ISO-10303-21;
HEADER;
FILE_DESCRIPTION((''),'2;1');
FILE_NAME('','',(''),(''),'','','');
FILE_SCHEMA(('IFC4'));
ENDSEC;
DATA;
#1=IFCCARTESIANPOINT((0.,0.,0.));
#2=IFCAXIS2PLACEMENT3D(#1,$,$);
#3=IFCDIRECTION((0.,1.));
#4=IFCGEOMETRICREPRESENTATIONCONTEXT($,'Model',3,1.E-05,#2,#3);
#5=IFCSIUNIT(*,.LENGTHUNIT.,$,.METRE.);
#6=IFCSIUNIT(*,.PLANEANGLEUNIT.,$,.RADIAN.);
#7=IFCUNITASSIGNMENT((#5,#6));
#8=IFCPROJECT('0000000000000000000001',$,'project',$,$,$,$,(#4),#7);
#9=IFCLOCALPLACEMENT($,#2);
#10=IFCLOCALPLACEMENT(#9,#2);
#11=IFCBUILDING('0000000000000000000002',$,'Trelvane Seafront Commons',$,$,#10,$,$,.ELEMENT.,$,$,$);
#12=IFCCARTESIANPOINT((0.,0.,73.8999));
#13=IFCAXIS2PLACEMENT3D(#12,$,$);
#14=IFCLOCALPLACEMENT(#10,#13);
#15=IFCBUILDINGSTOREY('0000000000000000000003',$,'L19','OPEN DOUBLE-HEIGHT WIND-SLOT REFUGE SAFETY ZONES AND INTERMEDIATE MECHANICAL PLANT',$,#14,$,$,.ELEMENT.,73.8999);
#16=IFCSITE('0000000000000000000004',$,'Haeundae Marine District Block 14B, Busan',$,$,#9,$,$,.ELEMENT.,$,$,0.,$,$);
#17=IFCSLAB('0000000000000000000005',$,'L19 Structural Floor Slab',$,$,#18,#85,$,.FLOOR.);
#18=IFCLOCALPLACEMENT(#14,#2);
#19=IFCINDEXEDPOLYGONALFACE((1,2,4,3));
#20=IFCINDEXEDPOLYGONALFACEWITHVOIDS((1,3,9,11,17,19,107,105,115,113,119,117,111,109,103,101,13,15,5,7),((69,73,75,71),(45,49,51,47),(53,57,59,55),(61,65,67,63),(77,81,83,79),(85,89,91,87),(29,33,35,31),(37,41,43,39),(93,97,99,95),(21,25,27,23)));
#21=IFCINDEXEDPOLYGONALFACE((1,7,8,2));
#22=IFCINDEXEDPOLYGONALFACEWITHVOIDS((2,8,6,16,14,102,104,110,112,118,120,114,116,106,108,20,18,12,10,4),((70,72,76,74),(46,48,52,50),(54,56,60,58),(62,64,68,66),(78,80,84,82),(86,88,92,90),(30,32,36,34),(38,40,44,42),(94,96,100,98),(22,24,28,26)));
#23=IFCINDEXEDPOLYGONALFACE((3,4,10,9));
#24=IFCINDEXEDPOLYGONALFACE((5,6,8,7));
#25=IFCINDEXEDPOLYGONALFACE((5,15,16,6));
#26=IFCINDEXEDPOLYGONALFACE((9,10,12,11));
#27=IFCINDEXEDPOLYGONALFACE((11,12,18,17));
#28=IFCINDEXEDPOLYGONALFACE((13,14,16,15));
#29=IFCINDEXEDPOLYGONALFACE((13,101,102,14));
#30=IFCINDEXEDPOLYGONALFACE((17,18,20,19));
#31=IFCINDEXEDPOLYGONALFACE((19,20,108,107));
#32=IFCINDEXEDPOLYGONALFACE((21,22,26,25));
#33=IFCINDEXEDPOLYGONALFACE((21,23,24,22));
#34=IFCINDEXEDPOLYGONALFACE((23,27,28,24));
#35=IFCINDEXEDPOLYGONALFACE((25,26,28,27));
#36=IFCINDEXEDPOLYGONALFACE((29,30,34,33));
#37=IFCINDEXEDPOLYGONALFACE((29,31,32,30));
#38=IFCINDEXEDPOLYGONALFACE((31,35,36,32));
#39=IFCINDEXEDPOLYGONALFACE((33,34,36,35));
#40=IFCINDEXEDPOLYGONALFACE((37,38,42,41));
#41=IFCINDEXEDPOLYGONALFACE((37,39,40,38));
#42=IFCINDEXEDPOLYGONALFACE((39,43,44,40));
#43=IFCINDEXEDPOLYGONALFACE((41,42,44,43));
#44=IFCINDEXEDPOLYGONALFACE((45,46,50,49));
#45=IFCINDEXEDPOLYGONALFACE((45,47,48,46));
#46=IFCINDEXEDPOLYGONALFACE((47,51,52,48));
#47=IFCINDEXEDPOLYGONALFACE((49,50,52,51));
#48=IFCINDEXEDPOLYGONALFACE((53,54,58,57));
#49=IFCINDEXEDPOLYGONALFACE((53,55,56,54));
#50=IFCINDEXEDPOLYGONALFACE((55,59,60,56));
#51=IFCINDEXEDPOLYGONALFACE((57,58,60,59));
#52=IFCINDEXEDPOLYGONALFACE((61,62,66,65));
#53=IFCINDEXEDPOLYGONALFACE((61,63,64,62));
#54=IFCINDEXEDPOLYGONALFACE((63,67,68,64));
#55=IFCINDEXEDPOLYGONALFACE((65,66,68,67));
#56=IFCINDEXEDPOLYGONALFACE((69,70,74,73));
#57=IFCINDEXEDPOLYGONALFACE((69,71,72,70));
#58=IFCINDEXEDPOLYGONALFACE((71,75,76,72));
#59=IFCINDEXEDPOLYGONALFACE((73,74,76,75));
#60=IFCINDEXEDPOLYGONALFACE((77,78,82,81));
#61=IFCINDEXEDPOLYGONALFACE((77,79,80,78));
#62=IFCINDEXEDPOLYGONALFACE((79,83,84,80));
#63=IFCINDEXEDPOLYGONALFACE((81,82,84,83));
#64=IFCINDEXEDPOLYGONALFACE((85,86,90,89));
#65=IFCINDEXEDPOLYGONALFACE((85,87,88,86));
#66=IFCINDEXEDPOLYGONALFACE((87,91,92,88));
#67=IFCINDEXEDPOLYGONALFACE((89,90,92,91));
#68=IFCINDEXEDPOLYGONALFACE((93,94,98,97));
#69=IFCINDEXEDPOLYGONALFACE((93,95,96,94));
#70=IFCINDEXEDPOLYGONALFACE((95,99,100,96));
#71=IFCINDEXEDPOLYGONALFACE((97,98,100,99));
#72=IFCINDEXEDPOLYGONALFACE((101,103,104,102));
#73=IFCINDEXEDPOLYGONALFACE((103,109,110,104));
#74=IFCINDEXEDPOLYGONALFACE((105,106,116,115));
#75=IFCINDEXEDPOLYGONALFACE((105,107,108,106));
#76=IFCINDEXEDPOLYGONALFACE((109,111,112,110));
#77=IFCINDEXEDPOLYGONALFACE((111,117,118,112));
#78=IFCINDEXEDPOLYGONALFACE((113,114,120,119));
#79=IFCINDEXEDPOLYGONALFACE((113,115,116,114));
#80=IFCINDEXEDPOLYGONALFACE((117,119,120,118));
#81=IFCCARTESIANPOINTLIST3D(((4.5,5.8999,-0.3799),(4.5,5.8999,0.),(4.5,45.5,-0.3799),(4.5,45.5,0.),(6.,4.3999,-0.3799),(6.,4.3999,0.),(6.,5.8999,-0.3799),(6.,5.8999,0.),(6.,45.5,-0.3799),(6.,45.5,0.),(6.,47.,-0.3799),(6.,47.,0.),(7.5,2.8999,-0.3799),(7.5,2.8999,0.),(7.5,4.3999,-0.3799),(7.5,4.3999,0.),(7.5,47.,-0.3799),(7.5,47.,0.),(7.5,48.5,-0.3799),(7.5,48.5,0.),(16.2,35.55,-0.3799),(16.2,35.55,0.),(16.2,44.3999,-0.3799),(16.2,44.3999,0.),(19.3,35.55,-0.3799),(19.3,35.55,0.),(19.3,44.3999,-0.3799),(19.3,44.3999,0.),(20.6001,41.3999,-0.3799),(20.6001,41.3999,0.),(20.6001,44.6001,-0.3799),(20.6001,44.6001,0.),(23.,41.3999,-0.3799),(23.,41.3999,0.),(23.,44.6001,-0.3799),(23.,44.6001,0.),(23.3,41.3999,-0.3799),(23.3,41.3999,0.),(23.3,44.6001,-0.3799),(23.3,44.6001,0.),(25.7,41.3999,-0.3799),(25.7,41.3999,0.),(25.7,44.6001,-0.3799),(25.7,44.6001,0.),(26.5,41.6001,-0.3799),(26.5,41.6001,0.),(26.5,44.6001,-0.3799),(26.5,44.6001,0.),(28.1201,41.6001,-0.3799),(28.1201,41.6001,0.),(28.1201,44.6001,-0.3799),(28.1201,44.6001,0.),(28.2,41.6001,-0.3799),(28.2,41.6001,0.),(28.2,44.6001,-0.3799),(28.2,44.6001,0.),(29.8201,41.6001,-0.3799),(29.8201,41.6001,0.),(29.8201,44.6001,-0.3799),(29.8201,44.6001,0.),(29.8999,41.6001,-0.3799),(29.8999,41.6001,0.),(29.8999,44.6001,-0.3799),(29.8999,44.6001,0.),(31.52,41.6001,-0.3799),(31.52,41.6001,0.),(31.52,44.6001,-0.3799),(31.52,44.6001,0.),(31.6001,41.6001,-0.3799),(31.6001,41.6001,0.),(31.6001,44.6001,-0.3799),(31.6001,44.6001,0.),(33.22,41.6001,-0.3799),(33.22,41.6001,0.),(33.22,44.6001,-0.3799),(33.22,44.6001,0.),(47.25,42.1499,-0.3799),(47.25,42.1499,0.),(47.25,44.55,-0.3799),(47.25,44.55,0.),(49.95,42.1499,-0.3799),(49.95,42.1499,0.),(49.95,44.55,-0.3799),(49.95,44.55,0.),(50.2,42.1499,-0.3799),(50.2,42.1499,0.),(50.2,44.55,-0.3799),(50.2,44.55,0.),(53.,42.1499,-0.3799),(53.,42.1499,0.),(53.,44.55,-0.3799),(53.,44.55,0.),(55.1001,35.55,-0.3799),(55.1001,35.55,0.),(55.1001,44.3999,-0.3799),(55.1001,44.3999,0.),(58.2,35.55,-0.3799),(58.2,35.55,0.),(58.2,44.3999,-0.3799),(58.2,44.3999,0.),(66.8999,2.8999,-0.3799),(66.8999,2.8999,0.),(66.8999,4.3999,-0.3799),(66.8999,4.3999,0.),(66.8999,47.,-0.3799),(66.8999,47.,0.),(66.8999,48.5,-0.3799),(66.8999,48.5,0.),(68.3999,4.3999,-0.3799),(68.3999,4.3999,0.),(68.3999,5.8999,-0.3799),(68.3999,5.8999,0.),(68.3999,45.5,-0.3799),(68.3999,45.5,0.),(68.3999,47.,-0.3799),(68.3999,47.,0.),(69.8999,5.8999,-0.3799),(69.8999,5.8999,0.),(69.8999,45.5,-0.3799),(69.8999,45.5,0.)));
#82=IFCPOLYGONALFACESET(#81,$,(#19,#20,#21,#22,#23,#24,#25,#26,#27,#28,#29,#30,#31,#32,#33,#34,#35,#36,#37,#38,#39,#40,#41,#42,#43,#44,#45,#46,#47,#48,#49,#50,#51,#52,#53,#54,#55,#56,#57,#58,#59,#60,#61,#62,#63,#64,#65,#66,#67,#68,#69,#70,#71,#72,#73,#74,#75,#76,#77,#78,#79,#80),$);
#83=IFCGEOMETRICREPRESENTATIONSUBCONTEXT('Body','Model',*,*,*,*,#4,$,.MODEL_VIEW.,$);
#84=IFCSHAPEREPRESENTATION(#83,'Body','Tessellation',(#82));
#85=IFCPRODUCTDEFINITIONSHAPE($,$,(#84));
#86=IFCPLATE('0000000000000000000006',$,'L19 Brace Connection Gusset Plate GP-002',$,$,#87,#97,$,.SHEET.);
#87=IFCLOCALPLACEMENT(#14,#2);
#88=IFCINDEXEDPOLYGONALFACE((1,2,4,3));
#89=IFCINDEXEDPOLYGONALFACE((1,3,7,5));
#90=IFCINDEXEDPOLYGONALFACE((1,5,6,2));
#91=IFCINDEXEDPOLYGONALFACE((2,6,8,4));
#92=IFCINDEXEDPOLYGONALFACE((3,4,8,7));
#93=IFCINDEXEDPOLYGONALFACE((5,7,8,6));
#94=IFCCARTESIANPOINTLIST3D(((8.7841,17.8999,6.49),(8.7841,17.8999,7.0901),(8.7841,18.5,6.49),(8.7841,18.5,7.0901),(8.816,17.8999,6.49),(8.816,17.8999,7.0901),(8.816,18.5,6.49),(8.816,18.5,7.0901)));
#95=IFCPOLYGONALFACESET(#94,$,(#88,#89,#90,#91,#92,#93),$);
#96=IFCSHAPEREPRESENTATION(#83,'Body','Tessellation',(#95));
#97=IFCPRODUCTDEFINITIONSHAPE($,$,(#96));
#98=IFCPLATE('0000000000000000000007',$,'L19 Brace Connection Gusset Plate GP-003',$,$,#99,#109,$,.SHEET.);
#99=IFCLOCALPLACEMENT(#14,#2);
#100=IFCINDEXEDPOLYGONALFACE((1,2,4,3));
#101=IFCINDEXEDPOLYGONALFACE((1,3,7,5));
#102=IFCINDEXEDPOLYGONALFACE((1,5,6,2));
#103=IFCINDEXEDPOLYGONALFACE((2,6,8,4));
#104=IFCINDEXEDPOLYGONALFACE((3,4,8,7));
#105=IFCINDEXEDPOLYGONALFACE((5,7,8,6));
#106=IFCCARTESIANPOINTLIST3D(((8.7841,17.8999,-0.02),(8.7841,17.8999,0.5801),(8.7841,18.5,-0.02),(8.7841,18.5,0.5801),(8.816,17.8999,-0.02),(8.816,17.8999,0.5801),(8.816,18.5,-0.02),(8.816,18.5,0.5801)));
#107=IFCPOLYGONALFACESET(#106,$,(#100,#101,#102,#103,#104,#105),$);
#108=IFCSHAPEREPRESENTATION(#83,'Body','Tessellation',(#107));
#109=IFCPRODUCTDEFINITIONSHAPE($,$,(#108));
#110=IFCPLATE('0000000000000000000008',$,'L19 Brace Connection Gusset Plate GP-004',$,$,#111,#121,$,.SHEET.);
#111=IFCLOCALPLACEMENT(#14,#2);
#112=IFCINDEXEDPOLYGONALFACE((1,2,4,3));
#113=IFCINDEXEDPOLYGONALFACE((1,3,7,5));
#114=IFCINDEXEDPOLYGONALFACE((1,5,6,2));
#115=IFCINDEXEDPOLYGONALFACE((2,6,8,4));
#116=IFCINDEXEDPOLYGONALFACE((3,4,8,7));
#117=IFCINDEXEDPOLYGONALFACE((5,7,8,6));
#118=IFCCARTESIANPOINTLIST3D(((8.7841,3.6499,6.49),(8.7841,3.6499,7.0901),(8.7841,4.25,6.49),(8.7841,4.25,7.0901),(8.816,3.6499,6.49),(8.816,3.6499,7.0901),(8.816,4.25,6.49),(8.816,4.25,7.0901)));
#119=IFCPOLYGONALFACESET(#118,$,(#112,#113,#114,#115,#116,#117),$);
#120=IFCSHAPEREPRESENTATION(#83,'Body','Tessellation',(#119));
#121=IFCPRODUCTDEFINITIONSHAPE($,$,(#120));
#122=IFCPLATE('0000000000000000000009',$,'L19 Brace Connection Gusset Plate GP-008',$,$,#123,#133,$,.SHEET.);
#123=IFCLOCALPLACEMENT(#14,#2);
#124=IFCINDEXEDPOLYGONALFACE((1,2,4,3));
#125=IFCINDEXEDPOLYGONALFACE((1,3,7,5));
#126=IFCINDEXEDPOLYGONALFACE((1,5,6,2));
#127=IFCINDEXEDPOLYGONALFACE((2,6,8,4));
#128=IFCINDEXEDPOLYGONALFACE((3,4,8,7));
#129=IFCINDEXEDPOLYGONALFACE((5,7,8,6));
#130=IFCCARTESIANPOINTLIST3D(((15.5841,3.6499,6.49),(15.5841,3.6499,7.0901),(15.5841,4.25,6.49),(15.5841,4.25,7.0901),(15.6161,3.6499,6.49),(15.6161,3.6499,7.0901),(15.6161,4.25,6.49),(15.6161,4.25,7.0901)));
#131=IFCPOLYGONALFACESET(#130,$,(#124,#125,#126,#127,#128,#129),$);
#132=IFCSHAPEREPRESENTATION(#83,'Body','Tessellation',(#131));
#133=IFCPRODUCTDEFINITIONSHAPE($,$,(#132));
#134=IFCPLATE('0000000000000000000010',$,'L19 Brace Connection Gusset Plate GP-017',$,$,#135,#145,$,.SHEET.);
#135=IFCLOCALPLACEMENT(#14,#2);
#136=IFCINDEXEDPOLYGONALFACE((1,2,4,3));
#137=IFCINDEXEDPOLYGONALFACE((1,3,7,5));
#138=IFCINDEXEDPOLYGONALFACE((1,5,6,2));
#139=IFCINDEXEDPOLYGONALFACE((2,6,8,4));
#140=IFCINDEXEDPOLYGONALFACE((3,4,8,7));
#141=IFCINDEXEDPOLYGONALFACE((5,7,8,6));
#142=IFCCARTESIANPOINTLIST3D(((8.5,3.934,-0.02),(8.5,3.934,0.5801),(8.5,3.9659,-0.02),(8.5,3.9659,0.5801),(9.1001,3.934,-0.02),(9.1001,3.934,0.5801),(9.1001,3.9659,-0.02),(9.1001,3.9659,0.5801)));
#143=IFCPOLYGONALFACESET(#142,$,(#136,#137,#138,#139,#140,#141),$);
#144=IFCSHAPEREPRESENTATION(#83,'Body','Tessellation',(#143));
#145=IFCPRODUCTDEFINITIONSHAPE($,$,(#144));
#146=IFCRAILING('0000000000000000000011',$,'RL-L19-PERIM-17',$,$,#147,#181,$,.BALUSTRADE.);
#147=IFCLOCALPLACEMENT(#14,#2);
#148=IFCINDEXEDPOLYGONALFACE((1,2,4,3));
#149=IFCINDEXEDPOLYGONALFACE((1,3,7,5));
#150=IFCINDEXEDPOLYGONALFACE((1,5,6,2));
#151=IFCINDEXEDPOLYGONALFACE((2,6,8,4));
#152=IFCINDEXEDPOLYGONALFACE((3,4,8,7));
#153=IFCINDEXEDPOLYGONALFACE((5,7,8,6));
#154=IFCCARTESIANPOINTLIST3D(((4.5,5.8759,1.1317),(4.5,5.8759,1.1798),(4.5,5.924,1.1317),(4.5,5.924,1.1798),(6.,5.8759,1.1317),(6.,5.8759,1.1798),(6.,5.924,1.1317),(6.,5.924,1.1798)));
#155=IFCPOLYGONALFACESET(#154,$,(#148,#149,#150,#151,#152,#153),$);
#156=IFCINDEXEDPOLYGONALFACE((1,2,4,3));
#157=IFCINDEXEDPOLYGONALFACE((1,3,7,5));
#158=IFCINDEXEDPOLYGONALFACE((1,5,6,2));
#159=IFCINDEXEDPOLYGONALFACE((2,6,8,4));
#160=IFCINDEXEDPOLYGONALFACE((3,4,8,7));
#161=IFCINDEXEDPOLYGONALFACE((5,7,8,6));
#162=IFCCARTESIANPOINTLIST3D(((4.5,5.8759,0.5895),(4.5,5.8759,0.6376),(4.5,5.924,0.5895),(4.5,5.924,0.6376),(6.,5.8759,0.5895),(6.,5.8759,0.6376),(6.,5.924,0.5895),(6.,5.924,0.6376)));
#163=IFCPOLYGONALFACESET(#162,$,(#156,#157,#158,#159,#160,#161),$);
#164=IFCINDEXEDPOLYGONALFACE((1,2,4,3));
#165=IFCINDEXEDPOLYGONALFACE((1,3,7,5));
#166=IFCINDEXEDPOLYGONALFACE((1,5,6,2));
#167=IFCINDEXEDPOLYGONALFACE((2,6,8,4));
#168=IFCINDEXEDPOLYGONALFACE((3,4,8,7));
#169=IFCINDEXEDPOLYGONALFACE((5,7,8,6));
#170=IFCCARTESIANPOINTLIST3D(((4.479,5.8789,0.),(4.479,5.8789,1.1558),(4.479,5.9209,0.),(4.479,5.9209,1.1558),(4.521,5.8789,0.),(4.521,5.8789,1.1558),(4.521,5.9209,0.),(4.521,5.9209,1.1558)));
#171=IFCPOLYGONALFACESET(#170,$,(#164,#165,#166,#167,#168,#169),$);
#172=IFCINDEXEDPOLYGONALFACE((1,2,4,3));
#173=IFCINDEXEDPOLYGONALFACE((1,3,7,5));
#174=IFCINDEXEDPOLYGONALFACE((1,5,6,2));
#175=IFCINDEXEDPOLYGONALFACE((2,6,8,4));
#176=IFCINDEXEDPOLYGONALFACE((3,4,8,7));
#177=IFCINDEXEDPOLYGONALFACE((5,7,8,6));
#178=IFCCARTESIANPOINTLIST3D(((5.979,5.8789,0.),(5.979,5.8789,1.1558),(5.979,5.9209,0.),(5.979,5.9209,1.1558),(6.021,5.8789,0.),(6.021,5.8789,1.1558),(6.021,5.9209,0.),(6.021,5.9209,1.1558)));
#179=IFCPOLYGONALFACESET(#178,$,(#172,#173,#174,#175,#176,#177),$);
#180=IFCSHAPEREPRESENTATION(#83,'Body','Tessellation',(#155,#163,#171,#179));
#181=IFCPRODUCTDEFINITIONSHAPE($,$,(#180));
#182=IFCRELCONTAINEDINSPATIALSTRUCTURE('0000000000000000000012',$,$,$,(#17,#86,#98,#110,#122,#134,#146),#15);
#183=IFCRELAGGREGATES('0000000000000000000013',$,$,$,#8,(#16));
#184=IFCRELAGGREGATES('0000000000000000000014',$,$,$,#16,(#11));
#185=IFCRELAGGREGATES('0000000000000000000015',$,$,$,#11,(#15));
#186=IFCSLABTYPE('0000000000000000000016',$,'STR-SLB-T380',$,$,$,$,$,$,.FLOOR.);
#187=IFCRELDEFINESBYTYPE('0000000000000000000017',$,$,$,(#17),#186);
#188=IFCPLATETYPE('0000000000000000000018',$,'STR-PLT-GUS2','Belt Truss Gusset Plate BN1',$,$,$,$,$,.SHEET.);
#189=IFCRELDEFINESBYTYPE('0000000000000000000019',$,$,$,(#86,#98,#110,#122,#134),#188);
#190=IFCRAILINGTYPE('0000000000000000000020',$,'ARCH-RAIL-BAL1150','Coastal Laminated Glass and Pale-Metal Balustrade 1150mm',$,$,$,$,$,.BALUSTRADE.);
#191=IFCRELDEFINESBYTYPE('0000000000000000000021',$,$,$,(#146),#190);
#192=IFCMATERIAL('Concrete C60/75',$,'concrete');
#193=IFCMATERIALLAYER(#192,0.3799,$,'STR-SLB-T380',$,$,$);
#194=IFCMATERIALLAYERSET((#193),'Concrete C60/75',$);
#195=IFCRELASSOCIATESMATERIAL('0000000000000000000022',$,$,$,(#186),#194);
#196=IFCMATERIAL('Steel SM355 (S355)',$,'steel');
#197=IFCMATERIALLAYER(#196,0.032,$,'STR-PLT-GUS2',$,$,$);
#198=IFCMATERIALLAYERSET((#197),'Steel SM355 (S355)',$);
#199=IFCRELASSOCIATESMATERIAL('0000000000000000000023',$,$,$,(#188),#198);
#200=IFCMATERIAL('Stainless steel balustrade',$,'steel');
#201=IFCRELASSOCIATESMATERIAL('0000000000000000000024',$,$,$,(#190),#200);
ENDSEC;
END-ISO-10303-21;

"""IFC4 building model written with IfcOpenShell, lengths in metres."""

from ifc_helpers import new_model, si_unit, direction, frame, origin, origin_2d, place, context, subcontext, project, spatial, polyline, rectangle, outline, extrude, source, transform, mapped, material, layer, layer_set, type_object, element, save


model = new_model("IFC4")

# Units and contexts
model_context = context("Model", 3, precision=1e-05, world=origin(), true_north=direction((0.0, 1.0)))
body_context = subcontext(model_context, "Body", "Model", "MODEL_VIEW")
ifc_project = project(units=[si_unit("LENGTHUNIT", "METRE"), si_unit("PLANEANGLEUNIT", "RADIAN")], contexts=[model_context])

# Site, building, storey
site_placement = place(None, origin())
site = spatial("IfcSite", under=ifc_project, at=site_placement, Name="Haeundae Marine District Block 14B, Busan", CompositionType="ELEMENT", RefElevation=0.0)
building_placement = place(site_placement, origin())
building = spatial("IfcBuilding", under=site, at=building_placement, Name="Trelvane Seafront Commons", CompositionType="ELEMENT")
storey_placement = place(building_placement, frame((0.0, 0.0, 73.8999)))
storey = spatial("IfcBuildingStorey", under=building, at=storey_placement, Name="L19", Description="OPEN DOUBLE-HEIGHT WIND-SLOT REFUGE SAFETY ZONES AND INTERMEDIATE MECHANICAL PLANT", CompositionType="ELEMENT", Elevation=73.8999)

# Shared definitions
ifc_material_1 = material(Name="Steel SM355 (S355)", Category="steel")

# Slab
ifc_material_2 = material(Name="Concrete C60/75", Category="concrete")
ifc_layer_1 = layer(ifc_material_2, 0.3799, Name="STR-SLB-T380")
ifc_layer_set_1 = layer_set([ifc_layer_1], Name="Concrete C60/75")
slab_type_1 = type_object("IfcSlabType", Name="STR-SLB-T380", PredefinedType="FLOOR", material=ifc_layer_set_1)
slab_1_placement = place(storey_placement, frame((0.0, 0.0, -0.3799)))
element("IfcSlab", 1, at=slab_1_placement, inside=storey, type_object=slab_type_1, Name="L19 Structural Floor Slab", PredefinedType="FLOOR", context=body_context, shape_type="SweptSolid", body=[
    extrude(outline(polyline([(7.5, 2.8999), (66.8999, 2.8999), (66.8999, 4.3999), (68.3999, 4.3999), (68.3999, 5.8999), (69.8999, 5.8999), (69.8999, 45.5), (68.3999, 45.5), (68.3999, 47.0), (66.8999, 47.0), (66.8999, 48.5), (7.5, 48.5), (7.5, 47.0), (6.0, 47.0), (6.0, 45.5), (4.5, 45.5), (4.5, 5.8999), (6.0, 5.8999), (6.0, 4.3999), (7.5, 4.3999), (7.5, 2.8999)]), holes=[polyline([(19.3, 35.55), (16.2, 35.55), (16.2, 44.3999), (19.3, 44.3999), (19.3, 35.55)]), polyline([(58.2, 35.55), (55.1001, 35.55), (55.1001, 44.3999), (58.2, 44.3999), (58.2, 35.55)]), polyline([(23.0, 41.3999), (20.6001, 41.3999), (20.6001, 44.6001), (23.0, 44.6001), (23.0, 41.3999)]), polyline([(23.3, 41.3999), (23.3, 44.6001), (25.7, 44.6001), (25.7, 41.3999), (23.3, 41.3999)]), polyline([(26.5, 41.6001), (26.5, 44.6001), (28.1201, 44.6001), (28.1201, 41.6001), (26.5, 41.6001)]), polyline([(29.8201, 41.6001), (28.2, 41.6001), (28.2, 44.6001), (29.8201, 44.6001), (29.8201, 41.6001)]), polyline([(31.52, 41.6001), (29.8999, 41.6001), (29.8999, 44.6001), (31.52, 44.6001), (31.52, 41.6001)]), polyline([(33.22, 41.6001), (31.6001, 41.6001), (31.6001, 44.6001), (33.22, 44.6001), (33.22, 41.6001)]), polyline([(47.25, 42.1499), (47.25, 44.55), (49.95, 44.55), (49.95, 42.1499), (47.25, 42.1499)]), polyline([(50.2, 42.1499), (50.2, 44.55), (53.0, 44.55), (53.0, 42.1499), (50.2, 42.1499)])]), origin(), (0.0, 0.0, 1.0), 0.3799),
])

# Plates
ifc_layer_2 = layer(ifc_material_1, 0.032, Name="STR-PLT-GUS2")
ifc_layer_set_2 = layer_set([ifc_layer_2], Name="Steel SM355 (S355)")
plate_type = type_object("IfcPlateType", Name="STR-PLT-GUS2", Description="Belt Truss Gusset Plate BN1", PredefinedType="SHEET", material=ifc_layer_set_2)
shared_shape_1 = source(origin(), body_context, "Body", "SweptSolid", [
    extrude(rectangle(XDim=0.032, YDim=0.6001, at=origin_2d()), origin(), (0.0, 0.0, 1.0), 0.6001),
])
for number, where, z_axis, x_axis, name in (
    (2, (8.8, 18.2, 6.49), (0.0, 0.0, 1.0), (1.0, 0.0, 0.0), "L19 Brace Connection Gusset Plate GP-002"),
    (3, (8.8, 18.2, -0.02), (0.0, 0.0, 1.0), (1.0, 0.0, 0.0), "L19 Brace Connection Gusset Plate GP-003"),
    (4, (8.8, 3.95, 6.49), (0.0, 0.0, 1.0), (1.0, 0.0, 0.0), "L19 Brace Connection Gusset Plate GP-004"),
    (5, (15.6001, 3.95, 6.49), (0.0, 0.0, 1.0), (1.0, 0.0, 0.0), "L19 Brace Connection Gusset Plate GP-008"),
):
    element("IfcPlate", number, at=place(storey_placement, frame(where, z_axis=z_axis, x_axis=x_axis)), inside=storey, type_object=plate_type, Name=name, PredefinedType="SHEET", context=body_context, shape_type="MappedRepresentation", body=[
        mapped(shared_shape_1, transform((0.0, 0.0, 0.0), x_axis=(1.0, 0.0, 0.0), y_axis=(0.0, 1.0, 0.0), z_axis=(0.0, 0.0, 1.0), scale=1.0)),
    ])
shared_shape_2 = source(origin(), body_context, "Body", "SweptSolid", [
    extrude(rectangle(XDim=0.6001, YDim=0.032, at=origin_2d()), origin(), (0.0, 0.0, 1.0), 0.6001),
])
plate_placement = place(storey_placement, frame((8.8, 3.95, -0.02), z_axis=(0.0, 0.0, 1.0), x_axis=(1.0, 0.0, 0.0)))
element("IfcPlate", 6, at=plate_placement, inside=storey, type_object=plate_type, Name="L19 Brace Connection Gusset Plate GP-017", PredefinedType="SHEET", context=body_context, shape_type="MappedRepresentation", body=[
    mapped(shared_shape_2, transform((0.0, 0.0, 0.0), x_axis=(1.0, 0.0, 0.0), y_axis=(0.0, 1.0, 0.0), z_axis=(0.0, 0.0, 1.0), scale=1.0)),
])

# Railing
ifc_material_3 = material(Name="Stainless steel balustrade", Category="steel")
railing_type = type_object("IfcRailingType", Name="ARCH-RAIL-BAL1150", Description="Coastal Laminated Glass and Pale-Metal Balustrade 1150mm", PredefinedType="BALUSTRADE", material=ifc_material_3)
railing_1_placement = place(storey_placement, frame((4.5, 5.8999, 0.0)))
element("IfcRailing", 7, at=railing_1_placement, inside=storey, type_object=railing_type, Name="RL-L19-PERIM-17", PredefinedType="BALUSTRADE", context=body_context, shape_type="SweptSolid", body=[
    extrude(rectangle(XDim=0.0481, YDim=0.0481, at=origin_2d()), frame((0.0, 0.0, 1.1558), z_axis=(1.0, 0.0, 0.0), x_axis=(0.0, 1.0, 0.0)), (0.0, 0.0, 1.0), 1.5),
    extrude(rectangle(XDim=0.0481, YDim=0.0481, at=origin_2d()), frame((0.0, 0.0, 0.6135), z_axis=(1.0, 0.0, 0.0), x_axis=(0.0, 1.0, 0.0)), (0.0, 0.0, 1.0), 1.5),
    extrude(rectangle(XDim=0.042, YDim=0.042, at=origin_2d()), origin(), (0.0, 0.0, 1.0), 1.1558),
    extrude(rectangle(XDim=0.042, YDim=0.042, at=origin_2d()), frame((1.5, 0.0, 0.0)), (0.0, 0.0, 1.0), 1.1558),
])

save(model, "model.ifc")
